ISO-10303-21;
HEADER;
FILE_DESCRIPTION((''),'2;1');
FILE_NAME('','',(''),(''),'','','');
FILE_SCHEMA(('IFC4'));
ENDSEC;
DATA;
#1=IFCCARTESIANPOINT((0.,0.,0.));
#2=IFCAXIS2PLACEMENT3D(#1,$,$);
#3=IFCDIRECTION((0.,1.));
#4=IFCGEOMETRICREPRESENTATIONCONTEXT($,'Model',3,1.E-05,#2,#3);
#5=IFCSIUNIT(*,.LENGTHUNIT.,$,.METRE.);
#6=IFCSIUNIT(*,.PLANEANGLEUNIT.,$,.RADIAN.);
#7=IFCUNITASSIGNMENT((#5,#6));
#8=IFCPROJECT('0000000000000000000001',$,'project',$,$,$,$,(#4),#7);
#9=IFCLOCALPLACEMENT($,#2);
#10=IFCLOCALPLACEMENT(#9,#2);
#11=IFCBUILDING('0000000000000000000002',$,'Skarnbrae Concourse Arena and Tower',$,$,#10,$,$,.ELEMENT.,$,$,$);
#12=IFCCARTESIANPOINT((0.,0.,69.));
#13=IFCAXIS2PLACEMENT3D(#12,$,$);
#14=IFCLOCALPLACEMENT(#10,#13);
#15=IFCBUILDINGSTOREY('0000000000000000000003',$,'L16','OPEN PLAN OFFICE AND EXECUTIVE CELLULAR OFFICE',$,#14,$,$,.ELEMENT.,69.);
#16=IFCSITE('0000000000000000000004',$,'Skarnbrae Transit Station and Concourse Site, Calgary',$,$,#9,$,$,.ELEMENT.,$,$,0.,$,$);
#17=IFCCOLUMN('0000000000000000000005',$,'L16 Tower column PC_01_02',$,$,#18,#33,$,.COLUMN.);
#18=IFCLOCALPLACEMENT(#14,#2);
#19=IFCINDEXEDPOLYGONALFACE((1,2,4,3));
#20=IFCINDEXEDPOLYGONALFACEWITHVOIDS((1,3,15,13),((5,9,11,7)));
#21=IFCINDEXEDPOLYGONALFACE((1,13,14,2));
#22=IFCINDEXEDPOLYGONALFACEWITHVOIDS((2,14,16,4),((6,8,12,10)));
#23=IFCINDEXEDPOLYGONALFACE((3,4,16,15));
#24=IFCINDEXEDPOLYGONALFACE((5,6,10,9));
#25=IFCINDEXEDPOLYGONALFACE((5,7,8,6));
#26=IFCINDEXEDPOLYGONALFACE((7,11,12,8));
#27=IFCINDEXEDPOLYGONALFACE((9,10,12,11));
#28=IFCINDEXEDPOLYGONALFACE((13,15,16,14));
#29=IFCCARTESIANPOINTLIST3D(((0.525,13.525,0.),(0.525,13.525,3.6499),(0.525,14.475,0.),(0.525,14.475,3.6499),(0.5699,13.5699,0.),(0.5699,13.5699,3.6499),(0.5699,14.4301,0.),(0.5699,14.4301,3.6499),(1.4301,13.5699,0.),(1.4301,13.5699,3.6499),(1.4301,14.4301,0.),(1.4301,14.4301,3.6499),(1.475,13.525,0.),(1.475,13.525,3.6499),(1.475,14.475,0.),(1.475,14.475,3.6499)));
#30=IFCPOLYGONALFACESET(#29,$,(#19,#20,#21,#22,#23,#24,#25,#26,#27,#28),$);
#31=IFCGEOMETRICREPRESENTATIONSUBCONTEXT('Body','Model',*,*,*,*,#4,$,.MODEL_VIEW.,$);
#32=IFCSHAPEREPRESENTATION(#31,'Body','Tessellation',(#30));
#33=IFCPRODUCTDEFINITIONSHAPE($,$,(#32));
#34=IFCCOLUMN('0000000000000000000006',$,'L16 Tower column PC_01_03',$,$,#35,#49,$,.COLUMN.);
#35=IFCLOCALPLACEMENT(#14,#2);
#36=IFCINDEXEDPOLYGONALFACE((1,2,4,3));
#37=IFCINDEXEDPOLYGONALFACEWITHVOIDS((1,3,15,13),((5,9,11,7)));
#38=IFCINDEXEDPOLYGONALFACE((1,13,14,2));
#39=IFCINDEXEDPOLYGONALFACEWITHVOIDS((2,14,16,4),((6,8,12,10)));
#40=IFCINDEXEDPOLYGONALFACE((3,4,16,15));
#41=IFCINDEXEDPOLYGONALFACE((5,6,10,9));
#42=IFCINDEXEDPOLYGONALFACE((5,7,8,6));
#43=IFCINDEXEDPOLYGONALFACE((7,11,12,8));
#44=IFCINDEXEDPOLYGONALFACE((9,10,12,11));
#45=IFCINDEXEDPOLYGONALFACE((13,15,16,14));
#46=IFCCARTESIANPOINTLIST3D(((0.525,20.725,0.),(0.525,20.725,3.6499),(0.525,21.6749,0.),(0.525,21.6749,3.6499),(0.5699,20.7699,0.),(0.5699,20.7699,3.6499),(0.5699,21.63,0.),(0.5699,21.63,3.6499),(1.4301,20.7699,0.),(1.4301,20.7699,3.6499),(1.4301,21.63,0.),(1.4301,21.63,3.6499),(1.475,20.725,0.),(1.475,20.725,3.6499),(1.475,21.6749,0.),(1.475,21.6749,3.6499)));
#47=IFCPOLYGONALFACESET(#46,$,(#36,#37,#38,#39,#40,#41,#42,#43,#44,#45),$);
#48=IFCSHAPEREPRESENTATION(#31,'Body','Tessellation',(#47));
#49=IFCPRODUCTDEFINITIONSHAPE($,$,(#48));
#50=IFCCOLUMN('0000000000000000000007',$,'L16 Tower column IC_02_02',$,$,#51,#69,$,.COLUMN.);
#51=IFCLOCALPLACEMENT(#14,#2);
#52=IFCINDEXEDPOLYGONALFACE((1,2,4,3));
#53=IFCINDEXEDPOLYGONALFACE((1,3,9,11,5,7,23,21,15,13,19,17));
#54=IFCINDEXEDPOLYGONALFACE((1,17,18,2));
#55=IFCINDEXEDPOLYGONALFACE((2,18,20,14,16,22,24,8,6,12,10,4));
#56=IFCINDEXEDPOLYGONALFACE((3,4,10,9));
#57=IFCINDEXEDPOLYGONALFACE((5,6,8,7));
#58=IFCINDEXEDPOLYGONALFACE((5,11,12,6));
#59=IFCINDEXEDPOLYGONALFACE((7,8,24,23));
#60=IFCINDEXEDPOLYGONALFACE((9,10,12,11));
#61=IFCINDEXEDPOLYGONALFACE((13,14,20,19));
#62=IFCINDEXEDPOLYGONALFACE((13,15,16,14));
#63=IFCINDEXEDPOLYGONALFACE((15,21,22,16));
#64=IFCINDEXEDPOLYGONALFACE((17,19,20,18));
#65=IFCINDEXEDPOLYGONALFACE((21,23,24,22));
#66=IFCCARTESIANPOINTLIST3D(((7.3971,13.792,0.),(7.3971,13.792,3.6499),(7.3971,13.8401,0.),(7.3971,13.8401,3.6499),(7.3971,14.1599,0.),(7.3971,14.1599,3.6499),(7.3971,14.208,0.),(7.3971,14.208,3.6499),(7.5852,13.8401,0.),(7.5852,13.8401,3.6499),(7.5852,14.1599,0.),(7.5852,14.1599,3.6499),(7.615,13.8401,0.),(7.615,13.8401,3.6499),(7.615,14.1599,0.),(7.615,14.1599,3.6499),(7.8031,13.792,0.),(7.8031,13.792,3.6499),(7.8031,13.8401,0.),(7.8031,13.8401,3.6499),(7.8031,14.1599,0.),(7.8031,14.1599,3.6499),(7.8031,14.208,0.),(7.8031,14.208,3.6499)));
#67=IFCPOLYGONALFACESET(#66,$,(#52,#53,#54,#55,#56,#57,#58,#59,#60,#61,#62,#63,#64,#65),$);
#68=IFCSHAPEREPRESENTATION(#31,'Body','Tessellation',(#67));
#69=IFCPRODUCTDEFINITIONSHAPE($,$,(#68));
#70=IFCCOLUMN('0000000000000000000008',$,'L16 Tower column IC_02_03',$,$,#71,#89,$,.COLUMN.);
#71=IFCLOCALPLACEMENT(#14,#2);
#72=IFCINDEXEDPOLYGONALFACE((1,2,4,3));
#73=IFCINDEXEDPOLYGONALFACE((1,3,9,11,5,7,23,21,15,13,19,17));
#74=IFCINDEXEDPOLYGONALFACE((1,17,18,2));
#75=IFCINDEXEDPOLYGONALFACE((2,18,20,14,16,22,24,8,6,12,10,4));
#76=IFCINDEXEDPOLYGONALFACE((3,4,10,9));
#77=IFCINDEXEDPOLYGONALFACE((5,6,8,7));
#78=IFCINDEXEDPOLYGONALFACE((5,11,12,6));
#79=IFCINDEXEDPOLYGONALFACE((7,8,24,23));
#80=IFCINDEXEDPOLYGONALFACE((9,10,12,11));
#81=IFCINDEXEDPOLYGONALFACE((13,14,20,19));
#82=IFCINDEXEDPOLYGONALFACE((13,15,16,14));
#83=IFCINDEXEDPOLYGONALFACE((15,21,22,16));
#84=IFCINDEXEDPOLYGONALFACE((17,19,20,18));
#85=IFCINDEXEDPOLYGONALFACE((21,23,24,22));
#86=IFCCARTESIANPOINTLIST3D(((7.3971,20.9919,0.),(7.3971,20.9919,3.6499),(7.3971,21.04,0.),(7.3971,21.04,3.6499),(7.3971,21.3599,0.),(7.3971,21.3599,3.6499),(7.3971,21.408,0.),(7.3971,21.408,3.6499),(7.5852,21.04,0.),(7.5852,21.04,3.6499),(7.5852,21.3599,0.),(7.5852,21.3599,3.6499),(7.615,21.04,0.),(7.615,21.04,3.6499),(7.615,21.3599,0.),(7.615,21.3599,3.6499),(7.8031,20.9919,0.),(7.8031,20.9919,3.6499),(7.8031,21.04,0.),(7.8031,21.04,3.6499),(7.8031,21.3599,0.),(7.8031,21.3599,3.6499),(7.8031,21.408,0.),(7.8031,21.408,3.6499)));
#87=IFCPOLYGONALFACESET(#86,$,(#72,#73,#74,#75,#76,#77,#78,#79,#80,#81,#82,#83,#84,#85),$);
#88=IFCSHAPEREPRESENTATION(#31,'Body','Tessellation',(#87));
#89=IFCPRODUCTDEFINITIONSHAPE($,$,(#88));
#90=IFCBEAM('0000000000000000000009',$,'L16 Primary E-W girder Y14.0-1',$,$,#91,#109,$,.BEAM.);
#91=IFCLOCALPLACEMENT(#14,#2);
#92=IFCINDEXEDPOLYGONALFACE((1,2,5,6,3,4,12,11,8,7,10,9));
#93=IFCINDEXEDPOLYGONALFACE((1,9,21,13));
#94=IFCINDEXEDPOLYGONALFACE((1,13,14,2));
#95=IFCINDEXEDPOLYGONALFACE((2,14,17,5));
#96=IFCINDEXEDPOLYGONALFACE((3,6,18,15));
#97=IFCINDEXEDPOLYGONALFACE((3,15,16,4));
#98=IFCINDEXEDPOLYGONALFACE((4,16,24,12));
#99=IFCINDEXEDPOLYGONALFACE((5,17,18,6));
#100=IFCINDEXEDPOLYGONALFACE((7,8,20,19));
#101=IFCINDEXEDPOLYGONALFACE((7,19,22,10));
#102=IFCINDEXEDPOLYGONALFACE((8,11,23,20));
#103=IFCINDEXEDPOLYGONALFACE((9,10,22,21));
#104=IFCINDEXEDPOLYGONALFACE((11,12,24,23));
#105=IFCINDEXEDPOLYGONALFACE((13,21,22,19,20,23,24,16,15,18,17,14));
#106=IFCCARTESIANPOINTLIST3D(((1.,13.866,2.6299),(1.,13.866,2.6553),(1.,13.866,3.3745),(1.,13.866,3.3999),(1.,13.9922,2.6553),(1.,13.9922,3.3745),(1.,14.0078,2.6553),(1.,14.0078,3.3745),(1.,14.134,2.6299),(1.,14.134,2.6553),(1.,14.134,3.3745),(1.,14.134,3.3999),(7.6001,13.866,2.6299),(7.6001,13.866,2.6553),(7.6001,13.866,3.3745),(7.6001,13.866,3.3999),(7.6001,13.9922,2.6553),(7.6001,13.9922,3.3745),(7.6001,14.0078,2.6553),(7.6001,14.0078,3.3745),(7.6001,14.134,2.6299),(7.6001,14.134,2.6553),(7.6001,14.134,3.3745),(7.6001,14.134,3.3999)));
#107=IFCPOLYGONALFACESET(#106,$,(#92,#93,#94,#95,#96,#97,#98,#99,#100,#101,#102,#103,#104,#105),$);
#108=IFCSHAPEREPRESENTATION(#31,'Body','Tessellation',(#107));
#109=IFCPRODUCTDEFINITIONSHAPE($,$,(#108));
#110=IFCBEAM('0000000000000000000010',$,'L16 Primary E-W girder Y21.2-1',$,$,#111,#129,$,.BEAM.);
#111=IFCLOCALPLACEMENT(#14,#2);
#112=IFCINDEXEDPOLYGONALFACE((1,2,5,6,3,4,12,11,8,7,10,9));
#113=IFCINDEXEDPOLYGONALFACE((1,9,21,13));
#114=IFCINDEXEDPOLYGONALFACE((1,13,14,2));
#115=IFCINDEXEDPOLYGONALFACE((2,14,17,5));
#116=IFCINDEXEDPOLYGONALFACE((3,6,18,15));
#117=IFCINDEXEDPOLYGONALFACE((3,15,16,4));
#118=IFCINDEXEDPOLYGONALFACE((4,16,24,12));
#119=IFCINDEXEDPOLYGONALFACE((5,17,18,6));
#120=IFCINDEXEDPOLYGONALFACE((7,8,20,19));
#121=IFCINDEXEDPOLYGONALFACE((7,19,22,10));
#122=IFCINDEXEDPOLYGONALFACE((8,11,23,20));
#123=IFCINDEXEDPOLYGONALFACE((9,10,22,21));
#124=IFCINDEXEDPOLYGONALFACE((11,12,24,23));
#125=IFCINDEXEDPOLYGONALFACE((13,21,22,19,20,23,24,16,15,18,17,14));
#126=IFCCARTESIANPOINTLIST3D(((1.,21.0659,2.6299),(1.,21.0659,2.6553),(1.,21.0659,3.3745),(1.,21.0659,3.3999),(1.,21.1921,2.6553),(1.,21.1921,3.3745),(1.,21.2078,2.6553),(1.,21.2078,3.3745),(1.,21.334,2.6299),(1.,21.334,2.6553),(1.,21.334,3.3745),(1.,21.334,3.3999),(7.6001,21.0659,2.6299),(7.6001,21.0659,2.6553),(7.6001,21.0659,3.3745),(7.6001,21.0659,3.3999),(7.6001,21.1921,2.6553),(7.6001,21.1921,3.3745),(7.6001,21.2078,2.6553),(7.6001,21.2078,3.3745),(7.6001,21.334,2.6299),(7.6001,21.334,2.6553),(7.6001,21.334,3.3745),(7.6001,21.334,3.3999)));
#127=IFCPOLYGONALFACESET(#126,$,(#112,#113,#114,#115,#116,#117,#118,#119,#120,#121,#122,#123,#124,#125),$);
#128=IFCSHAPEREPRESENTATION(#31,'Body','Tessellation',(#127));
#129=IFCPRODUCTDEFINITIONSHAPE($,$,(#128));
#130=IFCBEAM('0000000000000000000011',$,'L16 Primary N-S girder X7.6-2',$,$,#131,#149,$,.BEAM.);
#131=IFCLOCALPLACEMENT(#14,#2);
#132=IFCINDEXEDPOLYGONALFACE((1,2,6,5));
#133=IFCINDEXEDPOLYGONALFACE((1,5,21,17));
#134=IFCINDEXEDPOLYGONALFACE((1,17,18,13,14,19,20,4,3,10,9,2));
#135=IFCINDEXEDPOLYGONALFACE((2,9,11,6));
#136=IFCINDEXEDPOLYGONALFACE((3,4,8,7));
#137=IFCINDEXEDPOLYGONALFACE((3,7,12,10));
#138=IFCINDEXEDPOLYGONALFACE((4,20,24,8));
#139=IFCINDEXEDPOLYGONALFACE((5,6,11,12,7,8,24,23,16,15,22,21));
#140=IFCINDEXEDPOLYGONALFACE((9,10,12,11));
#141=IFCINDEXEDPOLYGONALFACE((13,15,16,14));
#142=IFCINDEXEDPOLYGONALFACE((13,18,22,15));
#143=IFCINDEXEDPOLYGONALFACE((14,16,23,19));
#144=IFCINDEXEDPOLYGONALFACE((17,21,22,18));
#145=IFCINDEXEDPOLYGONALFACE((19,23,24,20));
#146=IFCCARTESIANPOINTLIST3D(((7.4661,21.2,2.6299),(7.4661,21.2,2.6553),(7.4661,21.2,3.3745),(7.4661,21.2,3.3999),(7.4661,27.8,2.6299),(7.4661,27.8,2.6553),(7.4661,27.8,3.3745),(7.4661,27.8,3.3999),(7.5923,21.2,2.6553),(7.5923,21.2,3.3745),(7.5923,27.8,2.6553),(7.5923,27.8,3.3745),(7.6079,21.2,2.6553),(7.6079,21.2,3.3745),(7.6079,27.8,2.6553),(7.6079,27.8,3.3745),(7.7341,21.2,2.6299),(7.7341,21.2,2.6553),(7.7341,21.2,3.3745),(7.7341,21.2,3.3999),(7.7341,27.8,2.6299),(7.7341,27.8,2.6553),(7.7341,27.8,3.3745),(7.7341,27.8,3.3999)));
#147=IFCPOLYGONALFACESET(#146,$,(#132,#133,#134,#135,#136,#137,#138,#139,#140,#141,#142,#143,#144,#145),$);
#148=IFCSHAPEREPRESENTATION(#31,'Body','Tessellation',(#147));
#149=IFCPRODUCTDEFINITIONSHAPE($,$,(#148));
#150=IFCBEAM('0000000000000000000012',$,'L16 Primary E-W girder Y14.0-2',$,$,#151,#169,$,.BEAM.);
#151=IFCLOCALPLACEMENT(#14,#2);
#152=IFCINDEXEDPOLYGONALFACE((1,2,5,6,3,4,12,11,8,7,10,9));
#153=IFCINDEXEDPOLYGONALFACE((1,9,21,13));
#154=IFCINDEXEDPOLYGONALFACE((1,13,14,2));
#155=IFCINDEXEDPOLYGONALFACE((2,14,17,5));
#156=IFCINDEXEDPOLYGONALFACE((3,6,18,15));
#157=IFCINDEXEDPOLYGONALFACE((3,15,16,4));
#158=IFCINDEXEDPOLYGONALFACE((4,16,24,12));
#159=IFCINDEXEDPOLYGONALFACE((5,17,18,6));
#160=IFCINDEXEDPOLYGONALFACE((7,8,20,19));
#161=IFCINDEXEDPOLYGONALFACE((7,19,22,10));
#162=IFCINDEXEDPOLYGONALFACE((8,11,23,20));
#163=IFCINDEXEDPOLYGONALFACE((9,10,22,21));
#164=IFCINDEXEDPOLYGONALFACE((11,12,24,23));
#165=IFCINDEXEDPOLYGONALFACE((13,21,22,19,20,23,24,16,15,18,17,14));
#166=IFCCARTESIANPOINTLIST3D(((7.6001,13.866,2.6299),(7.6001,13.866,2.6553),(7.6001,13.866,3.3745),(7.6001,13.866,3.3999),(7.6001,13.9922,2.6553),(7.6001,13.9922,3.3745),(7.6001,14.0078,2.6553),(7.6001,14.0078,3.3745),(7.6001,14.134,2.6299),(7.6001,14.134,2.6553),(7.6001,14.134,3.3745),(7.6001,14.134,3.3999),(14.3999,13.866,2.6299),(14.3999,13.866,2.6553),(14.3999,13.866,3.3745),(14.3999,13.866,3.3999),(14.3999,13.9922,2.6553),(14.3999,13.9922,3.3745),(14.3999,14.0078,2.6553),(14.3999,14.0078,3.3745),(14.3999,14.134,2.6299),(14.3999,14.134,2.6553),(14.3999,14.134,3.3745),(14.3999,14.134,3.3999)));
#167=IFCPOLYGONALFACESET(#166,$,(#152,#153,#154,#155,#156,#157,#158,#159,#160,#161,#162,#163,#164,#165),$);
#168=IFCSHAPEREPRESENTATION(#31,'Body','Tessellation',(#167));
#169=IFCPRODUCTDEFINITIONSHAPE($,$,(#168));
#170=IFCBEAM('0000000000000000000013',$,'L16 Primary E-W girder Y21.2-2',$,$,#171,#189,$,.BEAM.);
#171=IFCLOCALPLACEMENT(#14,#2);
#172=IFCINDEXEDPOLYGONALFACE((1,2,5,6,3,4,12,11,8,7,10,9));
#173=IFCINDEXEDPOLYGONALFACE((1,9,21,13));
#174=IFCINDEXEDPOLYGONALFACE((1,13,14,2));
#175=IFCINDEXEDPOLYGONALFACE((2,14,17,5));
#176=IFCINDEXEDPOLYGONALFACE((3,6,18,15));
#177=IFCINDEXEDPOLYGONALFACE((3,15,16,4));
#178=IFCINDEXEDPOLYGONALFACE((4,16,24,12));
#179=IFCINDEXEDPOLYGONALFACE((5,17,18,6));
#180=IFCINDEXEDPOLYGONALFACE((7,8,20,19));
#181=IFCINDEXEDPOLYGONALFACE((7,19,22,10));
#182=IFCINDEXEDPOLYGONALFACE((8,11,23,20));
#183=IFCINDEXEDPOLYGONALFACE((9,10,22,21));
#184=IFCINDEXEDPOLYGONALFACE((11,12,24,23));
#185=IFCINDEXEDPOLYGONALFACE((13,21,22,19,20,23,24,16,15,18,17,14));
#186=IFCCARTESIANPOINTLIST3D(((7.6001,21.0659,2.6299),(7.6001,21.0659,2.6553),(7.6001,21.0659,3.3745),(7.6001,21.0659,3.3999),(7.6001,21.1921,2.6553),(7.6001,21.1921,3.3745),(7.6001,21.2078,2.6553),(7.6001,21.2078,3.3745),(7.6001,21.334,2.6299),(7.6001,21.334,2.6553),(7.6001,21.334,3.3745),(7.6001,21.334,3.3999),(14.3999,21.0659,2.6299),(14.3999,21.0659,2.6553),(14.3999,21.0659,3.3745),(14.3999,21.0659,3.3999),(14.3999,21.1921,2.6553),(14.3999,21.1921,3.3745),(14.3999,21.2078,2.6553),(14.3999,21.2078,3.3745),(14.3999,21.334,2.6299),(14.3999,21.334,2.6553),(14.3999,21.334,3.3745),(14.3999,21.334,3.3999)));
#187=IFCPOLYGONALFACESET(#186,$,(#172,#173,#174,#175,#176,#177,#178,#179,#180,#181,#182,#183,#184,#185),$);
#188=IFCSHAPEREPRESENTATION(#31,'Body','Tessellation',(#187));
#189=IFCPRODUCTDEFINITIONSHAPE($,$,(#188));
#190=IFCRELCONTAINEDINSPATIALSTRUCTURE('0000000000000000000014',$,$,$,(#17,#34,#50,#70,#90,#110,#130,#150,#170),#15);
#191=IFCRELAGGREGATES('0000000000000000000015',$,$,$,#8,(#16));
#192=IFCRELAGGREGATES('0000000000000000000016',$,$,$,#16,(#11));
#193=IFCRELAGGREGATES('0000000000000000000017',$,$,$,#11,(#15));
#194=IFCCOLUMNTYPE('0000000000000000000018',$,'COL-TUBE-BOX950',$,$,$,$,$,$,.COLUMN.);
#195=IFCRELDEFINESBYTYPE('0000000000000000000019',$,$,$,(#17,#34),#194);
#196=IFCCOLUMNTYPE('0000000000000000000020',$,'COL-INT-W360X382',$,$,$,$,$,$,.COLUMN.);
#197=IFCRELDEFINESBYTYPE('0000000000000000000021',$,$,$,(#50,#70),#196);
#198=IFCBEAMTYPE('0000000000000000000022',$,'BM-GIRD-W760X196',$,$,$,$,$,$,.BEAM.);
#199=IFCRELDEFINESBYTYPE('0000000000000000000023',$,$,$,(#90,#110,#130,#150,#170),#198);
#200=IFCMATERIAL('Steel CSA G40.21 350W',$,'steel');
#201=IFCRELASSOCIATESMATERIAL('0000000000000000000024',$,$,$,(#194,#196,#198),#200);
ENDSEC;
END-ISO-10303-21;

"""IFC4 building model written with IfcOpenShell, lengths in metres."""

from ifc_helpers import new_model, si_unit, direction, frame, origin, origin_2d, place, context, subcontext, project, spatial, hollow_rectangle, i_section, extrude, source, transform, mapped, material, material_profile, profile_set, type_object, element, save


model = new_model("IFC4")

# Units and contexts
model_context = context("Model", 3, precision=1e-05, world=origin(), true_north=direction((0.0, 1.0)))
body_context = subcontext(model_context, "Body", "Model", "MODEL_VIEW")
ifc_project = project(units=[si_unit("LENGTHUNIT", "METRE"), si_unit("PLANEANGLEUNIT", "RADIAN")], contexts=[model_context])

# Site, building, storey
site_placement = place(None, origin())
site = spatial("IfcSite", under=ifc_project, at=site_placement, Name="Skarnbrae Transit Station and Concourse Site, Calgary", CompositionType="ELEMENT", RefElevation=0.0)
building_placement = place(site_placement, origin())
building = spatial("IfcBuilding", under=site, at=building_placement, Name="Skarnbrae Concourse Arena and Tower", CompositionType="ELEMENT")
storey_placement = place(building_placement, frame((0.0, 0.0, 69.0)))
storey = spatial("IfcBuildingStorey", under=building, at=storey_placement, Name="L16", Description="OPEN PLAN OFFICE AND EXECUTIVE CELLULAR OFFICE", CompositionType="ELEMENT", Elevation=69.0)

# Columns
ifc_material_1 = material(Name="Steel CSA G40.21 350W", Category="steel")
ifc_material_profile_1 = material_profile(ifc_material_1, hollow_rectangle(XDim=0.95, YDim=0.95, WallThickness=0.0449, at=origin_2d()), Name="BOX950X950X45")
ifc_profile_set_1 = profile_set([ifc_material_profile_1], Name="Steel CSA G40.21 350W")
column_type_1 = type_object("IfcColumnType", Name="COL-TUBE-BOX950", PredefinedType="COLUMN", material=ifc_profile_set_1)
shared_shape_1 = source(origin(), body_context, "Body", "SweptSolid", [
    extrude(hollow_rectangle(XDim=0.95, YDim=0.95, WallThickness=0.0449, at=origin_2d()), origin(), (0.0, 0.0, 1.0), 3.6499),
])
for number, where, z_axis, x_axis, name in (
    (1, (1.0, 14.0, 0.0), (0.0, 0.0, 1.0), (1.0, 0.0, 0.0), "L16 Tower column PC_01_02"),
    (2, (1.0, 21.2, 0.0), (0.0, 0.0, 1.0), (1.0, 0.0, 0.0), "L16 Tower column PC_01_03"),
):
    element("IfcColumn", number, at=place(storey_placement, frame(where, z_axis=z_axis, x_axis=x_axis)), inside=storey, type_object=column_type_1, Name=name, PredefinedType="COLUMN", context=body_context, shape_type="MappedRepresentation", body=[
        mapped(shared_shape_1, transform((0.0, 0.0, 0.0))),
    ])
ifc_material_profile_2 = material_profile(ifc_material_1, i_section(OverallWidth=0.406, OverallDepth=0.416, WebThickness=0.0298, FlangeThickness=0.0481, at=origin_2d()), Name="W360X382")
ifc_profile_set_2 = profile_set([ifc_material_profile_2], Name="Steel CSA G40.21 350W")
column_type_2 = type_object("IfcColumnType", Name="COL-INT-W360X382", PredefinedType="COLUMN", material=ifc_profile_set_2)
shared_shape_2 = source(origin(), body_context, "Body", "SweptSolid", [
    extrude(i_section(OverallWidth=0.406, OverallDepth=0.416, WebThickness=0.0298, FlangeThickness=0.0481, at=origin_2d()), origin(), (0.0, 0.0, 1.0), 3.6499),
])
for number, where, z_axis, x_axis, name in (
    (3, (7.6001, 14.0, 0.0), (0.0, 0.0, 1.0), (1.0, 0.0, 0.0), "L16 Tower column IC_02_02"),
    (4, (7.6001, 21.2, 0.0), (0.0, 0.0, 1.0), (1.0, 0.0, 0.0), "L16 Tower column IC_02_03"),
):
    element("IfcColumn", number, at=place(storey_placement, frame(where, z_axis=z_axis, x_axis=x_axis)), inside=storey, type_object=column_type_2, Name=name, PredefinedType="COLUMN", context=body_context, shape_type="MappedRepresentation", body=[
        mapped(shared_shape_2, transform((0.0, 0.0, 0.0))),
    ])

# Beams
ifc_material_profile_3 = material_profile(ifc_material_1, i_section(OverallWidth=0.2681, OverallDepth=0.77, WebThickness=0.0156, FlangeThickness=0.0254, at=origin_2d()), Name="W760X196")
ifc_profile_set_3 = profile_set([ifc_material_profile_3], Name="Steel CSA G40.21 350W")
beam_type_1 = type_object("IfcBeamType", Name="BM-GIRD-W760X196", PredefinedType="BEAM", material=ifc_profile_set_3)
shared_shape_3 = source(origin(), body_context, "Body", "SweptSolid", [
    extrude(i_section(OverallWidth=0.2681, OverallDepth=0.77, WebThickness=0.0156, FlangeThickness=0.0254, at=origin_2d()), origin(), (0.0, 0.0, 1.0), 6.6001),
])
for number, where, z_axis, x_axis, name in (
    (5, (1.0, 14.0, 3.0149), (1.0, 0.0, 0.0), (0.0, 1.0, 0.0), "L16 Primary E-W girder Y14.0-1"),
    (6, (1.0, 21.2, 3.0149), (1.0, 0.0, 0.0), (0.0, 1.0, 0.0), "L16 Primary E-W girder Y21.2-1"),
    (7, (7.6001, 21.2, 3.0149), (0.0, 1.0, 0.0), (-1.0, 0.0, 0.0), "L16 Primary N-S girder X7.6-2"),
):
    element("IfcBeam", number, at=place(storey_placement, frame(where, z_axis=z_axis, x_axis=x_axis)), inside=storey, type_object=beam_type_1, Name=name, PredefinedType="BEAM", context=body_context, shape_type="MappedRepresentation", body=[
        mapped(shared_shape_3, transform((0.0, 0.0, 0.0))),
    ])
shared_shape_4 = source(origin(), body_context, "Body", "SweptSolid", [
    extrude(i_section(OverallWidth=0.2681, OverallDepth=0.77, WebThickness=0.0156, FlangeThickness=0.0254, at=origin_2d()), origin(), (0.0, 0.0, 1.0), 6.7998),
])
for number, where, z_axis, x_axis, name in (
    (8, (7.6001, 14.0, 3.0149), (1.0, 0.0, 0.0), (0.0, 1.0, 0.0), "L16 Primary E-W girder Y14.0-2"),
    (9, (7.6001, 21.2, 3.0149), (1.0, 0.0, 0.0), (0.0, 1.0, 0.0), "L16 Primary E-W girder Y21.2-2"),
):
    element("IfcBeam", number, at=place(storey_placement, frame(where, z_axis=z_axis, x_axis=x_axis)), inside=storey, type_object=beam_type_1, Name=name, PredefinedType="BEAM", context=body_context, shape_type="MappedRepresentation", body=[
        mapped(shared_shape_4, transform((0.0, 0.0, 0.0))),
    ])

save(model, "model.ifc")
